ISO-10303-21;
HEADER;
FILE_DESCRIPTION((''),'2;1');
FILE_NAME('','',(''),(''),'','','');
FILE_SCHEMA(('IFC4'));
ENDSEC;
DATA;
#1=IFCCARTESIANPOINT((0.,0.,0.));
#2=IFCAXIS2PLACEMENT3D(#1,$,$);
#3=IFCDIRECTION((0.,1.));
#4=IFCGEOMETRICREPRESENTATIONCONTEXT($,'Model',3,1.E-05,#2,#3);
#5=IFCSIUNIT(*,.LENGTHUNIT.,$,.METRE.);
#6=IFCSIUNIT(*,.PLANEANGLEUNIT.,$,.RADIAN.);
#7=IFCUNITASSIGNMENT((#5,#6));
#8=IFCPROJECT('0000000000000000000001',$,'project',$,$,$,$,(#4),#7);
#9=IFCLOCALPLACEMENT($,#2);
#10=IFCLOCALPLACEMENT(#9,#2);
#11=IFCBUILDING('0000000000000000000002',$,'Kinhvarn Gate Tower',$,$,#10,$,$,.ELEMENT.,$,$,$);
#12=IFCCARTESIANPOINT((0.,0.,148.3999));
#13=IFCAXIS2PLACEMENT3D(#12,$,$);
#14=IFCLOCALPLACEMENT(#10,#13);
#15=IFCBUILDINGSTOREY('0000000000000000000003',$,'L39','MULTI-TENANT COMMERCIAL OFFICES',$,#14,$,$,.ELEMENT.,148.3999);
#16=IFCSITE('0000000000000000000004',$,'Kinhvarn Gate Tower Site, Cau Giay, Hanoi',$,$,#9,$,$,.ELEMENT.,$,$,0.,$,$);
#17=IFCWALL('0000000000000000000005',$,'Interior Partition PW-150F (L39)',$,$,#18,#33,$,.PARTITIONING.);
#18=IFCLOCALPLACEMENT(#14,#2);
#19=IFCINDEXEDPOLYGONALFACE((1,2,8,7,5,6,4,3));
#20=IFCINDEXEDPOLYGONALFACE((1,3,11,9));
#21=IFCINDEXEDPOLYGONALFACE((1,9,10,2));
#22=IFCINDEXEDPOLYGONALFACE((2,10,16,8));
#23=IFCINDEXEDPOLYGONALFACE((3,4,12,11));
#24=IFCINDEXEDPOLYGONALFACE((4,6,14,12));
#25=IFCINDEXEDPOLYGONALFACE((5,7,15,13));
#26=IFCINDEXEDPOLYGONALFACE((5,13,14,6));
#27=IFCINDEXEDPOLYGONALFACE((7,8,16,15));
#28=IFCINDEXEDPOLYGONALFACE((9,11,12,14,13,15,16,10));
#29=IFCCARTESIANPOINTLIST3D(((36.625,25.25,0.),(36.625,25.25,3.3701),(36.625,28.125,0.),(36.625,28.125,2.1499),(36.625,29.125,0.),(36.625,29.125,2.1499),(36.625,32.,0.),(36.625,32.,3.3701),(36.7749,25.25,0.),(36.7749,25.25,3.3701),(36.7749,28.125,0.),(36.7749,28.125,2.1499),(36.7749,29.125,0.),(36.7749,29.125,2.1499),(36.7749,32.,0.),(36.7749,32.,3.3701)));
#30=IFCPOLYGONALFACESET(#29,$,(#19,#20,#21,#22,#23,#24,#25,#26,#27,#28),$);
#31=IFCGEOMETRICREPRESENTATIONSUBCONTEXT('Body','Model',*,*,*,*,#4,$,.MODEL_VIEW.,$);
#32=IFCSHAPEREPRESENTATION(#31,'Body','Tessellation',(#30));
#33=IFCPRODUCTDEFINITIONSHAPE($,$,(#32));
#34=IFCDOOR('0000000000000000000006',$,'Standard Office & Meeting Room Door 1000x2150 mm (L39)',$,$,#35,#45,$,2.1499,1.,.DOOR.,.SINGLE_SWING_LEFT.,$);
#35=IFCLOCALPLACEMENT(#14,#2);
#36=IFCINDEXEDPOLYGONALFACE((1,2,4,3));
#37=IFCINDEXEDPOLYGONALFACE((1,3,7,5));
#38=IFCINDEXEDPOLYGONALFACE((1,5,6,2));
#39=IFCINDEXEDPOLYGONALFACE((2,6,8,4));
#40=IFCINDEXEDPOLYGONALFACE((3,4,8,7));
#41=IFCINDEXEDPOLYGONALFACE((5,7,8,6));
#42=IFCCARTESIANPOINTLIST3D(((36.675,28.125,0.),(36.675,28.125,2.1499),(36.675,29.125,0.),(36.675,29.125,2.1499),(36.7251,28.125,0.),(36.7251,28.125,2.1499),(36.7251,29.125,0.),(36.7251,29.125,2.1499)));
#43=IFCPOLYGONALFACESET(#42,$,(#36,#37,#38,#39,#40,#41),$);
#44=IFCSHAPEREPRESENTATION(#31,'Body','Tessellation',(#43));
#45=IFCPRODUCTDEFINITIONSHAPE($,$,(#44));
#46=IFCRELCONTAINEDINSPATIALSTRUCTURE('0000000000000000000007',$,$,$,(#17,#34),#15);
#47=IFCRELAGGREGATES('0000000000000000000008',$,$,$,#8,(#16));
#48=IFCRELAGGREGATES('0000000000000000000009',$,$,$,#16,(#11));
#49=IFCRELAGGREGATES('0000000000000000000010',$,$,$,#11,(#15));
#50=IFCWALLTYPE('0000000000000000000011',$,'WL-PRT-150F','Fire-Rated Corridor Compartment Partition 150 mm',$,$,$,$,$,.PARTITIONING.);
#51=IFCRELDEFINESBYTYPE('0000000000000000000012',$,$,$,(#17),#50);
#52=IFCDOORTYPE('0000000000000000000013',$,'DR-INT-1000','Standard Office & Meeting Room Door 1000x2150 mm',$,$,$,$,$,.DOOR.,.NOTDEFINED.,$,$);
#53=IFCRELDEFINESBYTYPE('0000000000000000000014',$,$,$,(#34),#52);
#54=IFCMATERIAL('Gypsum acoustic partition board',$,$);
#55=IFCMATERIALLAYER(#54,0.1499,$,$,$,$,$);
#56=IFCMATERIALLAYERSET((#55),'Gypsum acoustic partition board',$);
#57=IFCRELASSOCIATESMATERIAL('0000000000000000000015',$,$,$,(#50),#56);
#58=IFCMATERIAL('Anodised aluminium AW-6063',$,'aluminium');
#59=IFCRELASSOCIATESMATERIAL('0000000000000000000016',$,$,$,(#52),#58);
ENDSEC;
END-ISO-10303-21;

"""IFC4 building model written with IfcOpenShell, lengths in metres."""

from ifc_helpers import new_model, si_unit, direction, frame, frame_2d, origin, place, context, subcontext, project, spatial, rectangle, extrude, material, layer, layer_set, type_object, element, fill, save


model = new_model("IFC4")

# Units and contexts
model_context = context("Model", 3, precision=1e-05, world=origin(), true_north=direction((0.0, 1.0)))
body_context = subcontext(model_context, "Body", "Model", "MODEL_VIEW")
ifc_project = project(units=[si_unit("LENGTHUNIT", "METRE"), si_unit("PLANEANGLEUNIT", "RADIAN")], contexts=[model_context])

# Site, building, storey
site_placement = place(None, origin())
site = spatial("IfcSite", under=ifc_project, at=site_placement, Name="Kinhvarn Gate Tower Site, Cau Giay, Hanoi", CompositionType="ELEMENT", RefElevation=0.0)
building_placement = place(site_placement, origin())
building = spatial("IfcBuilding", under=site, at=building_placement, Name="Kinhvarn Gate Tower", CompositionType="ELEMENT")
storey_placement = place(building_placement, frame((0.0, 0.0, 148.3999)))
storey = spatial("IfcBuildingStorey", under=building, at=storey_placement, Name="L39", Description="MULTI-TENANT COMMERCIAL OFFICES", CompositionType="ELEMENT", Elevation=148.3999)

# Shared definitions
ifc_material_1 = material(Name="Gypsum acoustic partition board")

# Shared definitions
ifc_layer_1 = layer(ifc_material_1, 0.1499)
ifc_layer_set_1 = layer_set([ifc_layer_1], Name="Gypsum acoustic partition board")
wall_type_1 = type_object("IfcWallType", Name="WL-PRT-150F", Description="Fire-Rated Corridor Compartment Partition 150 mm", PredefinedType="PARTITIONING", material=ifc_layer_set_1)
ifc_material_2 = material(Name="Anodised aluminium AW-6063", Category="aluminium")
door_type = type_object("IfcDoorType", Name="DR-INT-1000", Description="Standard Office & Meeting Room Door 1000x2150 mm", OperationType="NOTDEFINED", PredefinedType="DOOR", material=ifc_material_2)

# Wall, opening, door
wall_1_placement = place(storey_placement, frame((36.7, 25.25, 0.0), z_axis=(0.0, 0.0, 1.0), x_axis=(0.0, 1.0, 0.0)))
wall_1 = element("IfcWall", 1, at=wall_1_placement, inside=storey, type_object=wall_type_1, Name="Interior Partition PW-150F (L39)", PredefinedType="PARTITIONING", context=body_context, shape_type="SweptSolid", body=[
    extrude(rectangle(XDim=6.75, YDim=0.1499, at=frame_2d((3.375, 0.0))), origin(), (0.0, 0.0, 1.0), 3.3701),
])
opening_1_placement = place(wall_1_placement, frame((2.875, 0.0, 0.0)))
opening_1 = element("IfcOpeningElement", 2, at=opening_1_placement, cuts=wall_1, PredefinedType="OPENING", context=body_context, shape_type="SweptSolid", body=[
    extrude(rectangle(XDim=1.0, YDim=2.1499, at=frame_2d((0.5, 1.075))), frame((0.0, 0.085, 0.0), z_axis=(0.0, -1.0, 0.0), x_axis=(1.0, 0.0, 0.0)), (0.0, 0.0, 1.0), 0.1699),
])
door_1_placement = place(opening_1_placement, origin())
door_1 = element("IfcDoor", 3, at=door_1_placement, inside=storey, type_object=door_type, Name="Standard Office & Meeting Room Door 1000x2150 mm (L39)", OperationType="SINGLE_SWING_LEFT", OverallHeight=2.1499, OverallWidth=1.0, PredefinedType="DOOR", context=body_context, shape_type="SweptSolid", body=[
    extrude(rectangle(XDim=1.0, YDim=2.1499, at=frame_2d((0.5, 1.075))), frame((0.0, 0.0249, 0.0), z_axis=(0.0, -1.0, 0.0), x_axis=(1.0, 0.0, 0.0)), (0.0, 0.0, 1.0), 0.05),
])
fill(opening_1, door_1)

save(model, "model.ifc")
